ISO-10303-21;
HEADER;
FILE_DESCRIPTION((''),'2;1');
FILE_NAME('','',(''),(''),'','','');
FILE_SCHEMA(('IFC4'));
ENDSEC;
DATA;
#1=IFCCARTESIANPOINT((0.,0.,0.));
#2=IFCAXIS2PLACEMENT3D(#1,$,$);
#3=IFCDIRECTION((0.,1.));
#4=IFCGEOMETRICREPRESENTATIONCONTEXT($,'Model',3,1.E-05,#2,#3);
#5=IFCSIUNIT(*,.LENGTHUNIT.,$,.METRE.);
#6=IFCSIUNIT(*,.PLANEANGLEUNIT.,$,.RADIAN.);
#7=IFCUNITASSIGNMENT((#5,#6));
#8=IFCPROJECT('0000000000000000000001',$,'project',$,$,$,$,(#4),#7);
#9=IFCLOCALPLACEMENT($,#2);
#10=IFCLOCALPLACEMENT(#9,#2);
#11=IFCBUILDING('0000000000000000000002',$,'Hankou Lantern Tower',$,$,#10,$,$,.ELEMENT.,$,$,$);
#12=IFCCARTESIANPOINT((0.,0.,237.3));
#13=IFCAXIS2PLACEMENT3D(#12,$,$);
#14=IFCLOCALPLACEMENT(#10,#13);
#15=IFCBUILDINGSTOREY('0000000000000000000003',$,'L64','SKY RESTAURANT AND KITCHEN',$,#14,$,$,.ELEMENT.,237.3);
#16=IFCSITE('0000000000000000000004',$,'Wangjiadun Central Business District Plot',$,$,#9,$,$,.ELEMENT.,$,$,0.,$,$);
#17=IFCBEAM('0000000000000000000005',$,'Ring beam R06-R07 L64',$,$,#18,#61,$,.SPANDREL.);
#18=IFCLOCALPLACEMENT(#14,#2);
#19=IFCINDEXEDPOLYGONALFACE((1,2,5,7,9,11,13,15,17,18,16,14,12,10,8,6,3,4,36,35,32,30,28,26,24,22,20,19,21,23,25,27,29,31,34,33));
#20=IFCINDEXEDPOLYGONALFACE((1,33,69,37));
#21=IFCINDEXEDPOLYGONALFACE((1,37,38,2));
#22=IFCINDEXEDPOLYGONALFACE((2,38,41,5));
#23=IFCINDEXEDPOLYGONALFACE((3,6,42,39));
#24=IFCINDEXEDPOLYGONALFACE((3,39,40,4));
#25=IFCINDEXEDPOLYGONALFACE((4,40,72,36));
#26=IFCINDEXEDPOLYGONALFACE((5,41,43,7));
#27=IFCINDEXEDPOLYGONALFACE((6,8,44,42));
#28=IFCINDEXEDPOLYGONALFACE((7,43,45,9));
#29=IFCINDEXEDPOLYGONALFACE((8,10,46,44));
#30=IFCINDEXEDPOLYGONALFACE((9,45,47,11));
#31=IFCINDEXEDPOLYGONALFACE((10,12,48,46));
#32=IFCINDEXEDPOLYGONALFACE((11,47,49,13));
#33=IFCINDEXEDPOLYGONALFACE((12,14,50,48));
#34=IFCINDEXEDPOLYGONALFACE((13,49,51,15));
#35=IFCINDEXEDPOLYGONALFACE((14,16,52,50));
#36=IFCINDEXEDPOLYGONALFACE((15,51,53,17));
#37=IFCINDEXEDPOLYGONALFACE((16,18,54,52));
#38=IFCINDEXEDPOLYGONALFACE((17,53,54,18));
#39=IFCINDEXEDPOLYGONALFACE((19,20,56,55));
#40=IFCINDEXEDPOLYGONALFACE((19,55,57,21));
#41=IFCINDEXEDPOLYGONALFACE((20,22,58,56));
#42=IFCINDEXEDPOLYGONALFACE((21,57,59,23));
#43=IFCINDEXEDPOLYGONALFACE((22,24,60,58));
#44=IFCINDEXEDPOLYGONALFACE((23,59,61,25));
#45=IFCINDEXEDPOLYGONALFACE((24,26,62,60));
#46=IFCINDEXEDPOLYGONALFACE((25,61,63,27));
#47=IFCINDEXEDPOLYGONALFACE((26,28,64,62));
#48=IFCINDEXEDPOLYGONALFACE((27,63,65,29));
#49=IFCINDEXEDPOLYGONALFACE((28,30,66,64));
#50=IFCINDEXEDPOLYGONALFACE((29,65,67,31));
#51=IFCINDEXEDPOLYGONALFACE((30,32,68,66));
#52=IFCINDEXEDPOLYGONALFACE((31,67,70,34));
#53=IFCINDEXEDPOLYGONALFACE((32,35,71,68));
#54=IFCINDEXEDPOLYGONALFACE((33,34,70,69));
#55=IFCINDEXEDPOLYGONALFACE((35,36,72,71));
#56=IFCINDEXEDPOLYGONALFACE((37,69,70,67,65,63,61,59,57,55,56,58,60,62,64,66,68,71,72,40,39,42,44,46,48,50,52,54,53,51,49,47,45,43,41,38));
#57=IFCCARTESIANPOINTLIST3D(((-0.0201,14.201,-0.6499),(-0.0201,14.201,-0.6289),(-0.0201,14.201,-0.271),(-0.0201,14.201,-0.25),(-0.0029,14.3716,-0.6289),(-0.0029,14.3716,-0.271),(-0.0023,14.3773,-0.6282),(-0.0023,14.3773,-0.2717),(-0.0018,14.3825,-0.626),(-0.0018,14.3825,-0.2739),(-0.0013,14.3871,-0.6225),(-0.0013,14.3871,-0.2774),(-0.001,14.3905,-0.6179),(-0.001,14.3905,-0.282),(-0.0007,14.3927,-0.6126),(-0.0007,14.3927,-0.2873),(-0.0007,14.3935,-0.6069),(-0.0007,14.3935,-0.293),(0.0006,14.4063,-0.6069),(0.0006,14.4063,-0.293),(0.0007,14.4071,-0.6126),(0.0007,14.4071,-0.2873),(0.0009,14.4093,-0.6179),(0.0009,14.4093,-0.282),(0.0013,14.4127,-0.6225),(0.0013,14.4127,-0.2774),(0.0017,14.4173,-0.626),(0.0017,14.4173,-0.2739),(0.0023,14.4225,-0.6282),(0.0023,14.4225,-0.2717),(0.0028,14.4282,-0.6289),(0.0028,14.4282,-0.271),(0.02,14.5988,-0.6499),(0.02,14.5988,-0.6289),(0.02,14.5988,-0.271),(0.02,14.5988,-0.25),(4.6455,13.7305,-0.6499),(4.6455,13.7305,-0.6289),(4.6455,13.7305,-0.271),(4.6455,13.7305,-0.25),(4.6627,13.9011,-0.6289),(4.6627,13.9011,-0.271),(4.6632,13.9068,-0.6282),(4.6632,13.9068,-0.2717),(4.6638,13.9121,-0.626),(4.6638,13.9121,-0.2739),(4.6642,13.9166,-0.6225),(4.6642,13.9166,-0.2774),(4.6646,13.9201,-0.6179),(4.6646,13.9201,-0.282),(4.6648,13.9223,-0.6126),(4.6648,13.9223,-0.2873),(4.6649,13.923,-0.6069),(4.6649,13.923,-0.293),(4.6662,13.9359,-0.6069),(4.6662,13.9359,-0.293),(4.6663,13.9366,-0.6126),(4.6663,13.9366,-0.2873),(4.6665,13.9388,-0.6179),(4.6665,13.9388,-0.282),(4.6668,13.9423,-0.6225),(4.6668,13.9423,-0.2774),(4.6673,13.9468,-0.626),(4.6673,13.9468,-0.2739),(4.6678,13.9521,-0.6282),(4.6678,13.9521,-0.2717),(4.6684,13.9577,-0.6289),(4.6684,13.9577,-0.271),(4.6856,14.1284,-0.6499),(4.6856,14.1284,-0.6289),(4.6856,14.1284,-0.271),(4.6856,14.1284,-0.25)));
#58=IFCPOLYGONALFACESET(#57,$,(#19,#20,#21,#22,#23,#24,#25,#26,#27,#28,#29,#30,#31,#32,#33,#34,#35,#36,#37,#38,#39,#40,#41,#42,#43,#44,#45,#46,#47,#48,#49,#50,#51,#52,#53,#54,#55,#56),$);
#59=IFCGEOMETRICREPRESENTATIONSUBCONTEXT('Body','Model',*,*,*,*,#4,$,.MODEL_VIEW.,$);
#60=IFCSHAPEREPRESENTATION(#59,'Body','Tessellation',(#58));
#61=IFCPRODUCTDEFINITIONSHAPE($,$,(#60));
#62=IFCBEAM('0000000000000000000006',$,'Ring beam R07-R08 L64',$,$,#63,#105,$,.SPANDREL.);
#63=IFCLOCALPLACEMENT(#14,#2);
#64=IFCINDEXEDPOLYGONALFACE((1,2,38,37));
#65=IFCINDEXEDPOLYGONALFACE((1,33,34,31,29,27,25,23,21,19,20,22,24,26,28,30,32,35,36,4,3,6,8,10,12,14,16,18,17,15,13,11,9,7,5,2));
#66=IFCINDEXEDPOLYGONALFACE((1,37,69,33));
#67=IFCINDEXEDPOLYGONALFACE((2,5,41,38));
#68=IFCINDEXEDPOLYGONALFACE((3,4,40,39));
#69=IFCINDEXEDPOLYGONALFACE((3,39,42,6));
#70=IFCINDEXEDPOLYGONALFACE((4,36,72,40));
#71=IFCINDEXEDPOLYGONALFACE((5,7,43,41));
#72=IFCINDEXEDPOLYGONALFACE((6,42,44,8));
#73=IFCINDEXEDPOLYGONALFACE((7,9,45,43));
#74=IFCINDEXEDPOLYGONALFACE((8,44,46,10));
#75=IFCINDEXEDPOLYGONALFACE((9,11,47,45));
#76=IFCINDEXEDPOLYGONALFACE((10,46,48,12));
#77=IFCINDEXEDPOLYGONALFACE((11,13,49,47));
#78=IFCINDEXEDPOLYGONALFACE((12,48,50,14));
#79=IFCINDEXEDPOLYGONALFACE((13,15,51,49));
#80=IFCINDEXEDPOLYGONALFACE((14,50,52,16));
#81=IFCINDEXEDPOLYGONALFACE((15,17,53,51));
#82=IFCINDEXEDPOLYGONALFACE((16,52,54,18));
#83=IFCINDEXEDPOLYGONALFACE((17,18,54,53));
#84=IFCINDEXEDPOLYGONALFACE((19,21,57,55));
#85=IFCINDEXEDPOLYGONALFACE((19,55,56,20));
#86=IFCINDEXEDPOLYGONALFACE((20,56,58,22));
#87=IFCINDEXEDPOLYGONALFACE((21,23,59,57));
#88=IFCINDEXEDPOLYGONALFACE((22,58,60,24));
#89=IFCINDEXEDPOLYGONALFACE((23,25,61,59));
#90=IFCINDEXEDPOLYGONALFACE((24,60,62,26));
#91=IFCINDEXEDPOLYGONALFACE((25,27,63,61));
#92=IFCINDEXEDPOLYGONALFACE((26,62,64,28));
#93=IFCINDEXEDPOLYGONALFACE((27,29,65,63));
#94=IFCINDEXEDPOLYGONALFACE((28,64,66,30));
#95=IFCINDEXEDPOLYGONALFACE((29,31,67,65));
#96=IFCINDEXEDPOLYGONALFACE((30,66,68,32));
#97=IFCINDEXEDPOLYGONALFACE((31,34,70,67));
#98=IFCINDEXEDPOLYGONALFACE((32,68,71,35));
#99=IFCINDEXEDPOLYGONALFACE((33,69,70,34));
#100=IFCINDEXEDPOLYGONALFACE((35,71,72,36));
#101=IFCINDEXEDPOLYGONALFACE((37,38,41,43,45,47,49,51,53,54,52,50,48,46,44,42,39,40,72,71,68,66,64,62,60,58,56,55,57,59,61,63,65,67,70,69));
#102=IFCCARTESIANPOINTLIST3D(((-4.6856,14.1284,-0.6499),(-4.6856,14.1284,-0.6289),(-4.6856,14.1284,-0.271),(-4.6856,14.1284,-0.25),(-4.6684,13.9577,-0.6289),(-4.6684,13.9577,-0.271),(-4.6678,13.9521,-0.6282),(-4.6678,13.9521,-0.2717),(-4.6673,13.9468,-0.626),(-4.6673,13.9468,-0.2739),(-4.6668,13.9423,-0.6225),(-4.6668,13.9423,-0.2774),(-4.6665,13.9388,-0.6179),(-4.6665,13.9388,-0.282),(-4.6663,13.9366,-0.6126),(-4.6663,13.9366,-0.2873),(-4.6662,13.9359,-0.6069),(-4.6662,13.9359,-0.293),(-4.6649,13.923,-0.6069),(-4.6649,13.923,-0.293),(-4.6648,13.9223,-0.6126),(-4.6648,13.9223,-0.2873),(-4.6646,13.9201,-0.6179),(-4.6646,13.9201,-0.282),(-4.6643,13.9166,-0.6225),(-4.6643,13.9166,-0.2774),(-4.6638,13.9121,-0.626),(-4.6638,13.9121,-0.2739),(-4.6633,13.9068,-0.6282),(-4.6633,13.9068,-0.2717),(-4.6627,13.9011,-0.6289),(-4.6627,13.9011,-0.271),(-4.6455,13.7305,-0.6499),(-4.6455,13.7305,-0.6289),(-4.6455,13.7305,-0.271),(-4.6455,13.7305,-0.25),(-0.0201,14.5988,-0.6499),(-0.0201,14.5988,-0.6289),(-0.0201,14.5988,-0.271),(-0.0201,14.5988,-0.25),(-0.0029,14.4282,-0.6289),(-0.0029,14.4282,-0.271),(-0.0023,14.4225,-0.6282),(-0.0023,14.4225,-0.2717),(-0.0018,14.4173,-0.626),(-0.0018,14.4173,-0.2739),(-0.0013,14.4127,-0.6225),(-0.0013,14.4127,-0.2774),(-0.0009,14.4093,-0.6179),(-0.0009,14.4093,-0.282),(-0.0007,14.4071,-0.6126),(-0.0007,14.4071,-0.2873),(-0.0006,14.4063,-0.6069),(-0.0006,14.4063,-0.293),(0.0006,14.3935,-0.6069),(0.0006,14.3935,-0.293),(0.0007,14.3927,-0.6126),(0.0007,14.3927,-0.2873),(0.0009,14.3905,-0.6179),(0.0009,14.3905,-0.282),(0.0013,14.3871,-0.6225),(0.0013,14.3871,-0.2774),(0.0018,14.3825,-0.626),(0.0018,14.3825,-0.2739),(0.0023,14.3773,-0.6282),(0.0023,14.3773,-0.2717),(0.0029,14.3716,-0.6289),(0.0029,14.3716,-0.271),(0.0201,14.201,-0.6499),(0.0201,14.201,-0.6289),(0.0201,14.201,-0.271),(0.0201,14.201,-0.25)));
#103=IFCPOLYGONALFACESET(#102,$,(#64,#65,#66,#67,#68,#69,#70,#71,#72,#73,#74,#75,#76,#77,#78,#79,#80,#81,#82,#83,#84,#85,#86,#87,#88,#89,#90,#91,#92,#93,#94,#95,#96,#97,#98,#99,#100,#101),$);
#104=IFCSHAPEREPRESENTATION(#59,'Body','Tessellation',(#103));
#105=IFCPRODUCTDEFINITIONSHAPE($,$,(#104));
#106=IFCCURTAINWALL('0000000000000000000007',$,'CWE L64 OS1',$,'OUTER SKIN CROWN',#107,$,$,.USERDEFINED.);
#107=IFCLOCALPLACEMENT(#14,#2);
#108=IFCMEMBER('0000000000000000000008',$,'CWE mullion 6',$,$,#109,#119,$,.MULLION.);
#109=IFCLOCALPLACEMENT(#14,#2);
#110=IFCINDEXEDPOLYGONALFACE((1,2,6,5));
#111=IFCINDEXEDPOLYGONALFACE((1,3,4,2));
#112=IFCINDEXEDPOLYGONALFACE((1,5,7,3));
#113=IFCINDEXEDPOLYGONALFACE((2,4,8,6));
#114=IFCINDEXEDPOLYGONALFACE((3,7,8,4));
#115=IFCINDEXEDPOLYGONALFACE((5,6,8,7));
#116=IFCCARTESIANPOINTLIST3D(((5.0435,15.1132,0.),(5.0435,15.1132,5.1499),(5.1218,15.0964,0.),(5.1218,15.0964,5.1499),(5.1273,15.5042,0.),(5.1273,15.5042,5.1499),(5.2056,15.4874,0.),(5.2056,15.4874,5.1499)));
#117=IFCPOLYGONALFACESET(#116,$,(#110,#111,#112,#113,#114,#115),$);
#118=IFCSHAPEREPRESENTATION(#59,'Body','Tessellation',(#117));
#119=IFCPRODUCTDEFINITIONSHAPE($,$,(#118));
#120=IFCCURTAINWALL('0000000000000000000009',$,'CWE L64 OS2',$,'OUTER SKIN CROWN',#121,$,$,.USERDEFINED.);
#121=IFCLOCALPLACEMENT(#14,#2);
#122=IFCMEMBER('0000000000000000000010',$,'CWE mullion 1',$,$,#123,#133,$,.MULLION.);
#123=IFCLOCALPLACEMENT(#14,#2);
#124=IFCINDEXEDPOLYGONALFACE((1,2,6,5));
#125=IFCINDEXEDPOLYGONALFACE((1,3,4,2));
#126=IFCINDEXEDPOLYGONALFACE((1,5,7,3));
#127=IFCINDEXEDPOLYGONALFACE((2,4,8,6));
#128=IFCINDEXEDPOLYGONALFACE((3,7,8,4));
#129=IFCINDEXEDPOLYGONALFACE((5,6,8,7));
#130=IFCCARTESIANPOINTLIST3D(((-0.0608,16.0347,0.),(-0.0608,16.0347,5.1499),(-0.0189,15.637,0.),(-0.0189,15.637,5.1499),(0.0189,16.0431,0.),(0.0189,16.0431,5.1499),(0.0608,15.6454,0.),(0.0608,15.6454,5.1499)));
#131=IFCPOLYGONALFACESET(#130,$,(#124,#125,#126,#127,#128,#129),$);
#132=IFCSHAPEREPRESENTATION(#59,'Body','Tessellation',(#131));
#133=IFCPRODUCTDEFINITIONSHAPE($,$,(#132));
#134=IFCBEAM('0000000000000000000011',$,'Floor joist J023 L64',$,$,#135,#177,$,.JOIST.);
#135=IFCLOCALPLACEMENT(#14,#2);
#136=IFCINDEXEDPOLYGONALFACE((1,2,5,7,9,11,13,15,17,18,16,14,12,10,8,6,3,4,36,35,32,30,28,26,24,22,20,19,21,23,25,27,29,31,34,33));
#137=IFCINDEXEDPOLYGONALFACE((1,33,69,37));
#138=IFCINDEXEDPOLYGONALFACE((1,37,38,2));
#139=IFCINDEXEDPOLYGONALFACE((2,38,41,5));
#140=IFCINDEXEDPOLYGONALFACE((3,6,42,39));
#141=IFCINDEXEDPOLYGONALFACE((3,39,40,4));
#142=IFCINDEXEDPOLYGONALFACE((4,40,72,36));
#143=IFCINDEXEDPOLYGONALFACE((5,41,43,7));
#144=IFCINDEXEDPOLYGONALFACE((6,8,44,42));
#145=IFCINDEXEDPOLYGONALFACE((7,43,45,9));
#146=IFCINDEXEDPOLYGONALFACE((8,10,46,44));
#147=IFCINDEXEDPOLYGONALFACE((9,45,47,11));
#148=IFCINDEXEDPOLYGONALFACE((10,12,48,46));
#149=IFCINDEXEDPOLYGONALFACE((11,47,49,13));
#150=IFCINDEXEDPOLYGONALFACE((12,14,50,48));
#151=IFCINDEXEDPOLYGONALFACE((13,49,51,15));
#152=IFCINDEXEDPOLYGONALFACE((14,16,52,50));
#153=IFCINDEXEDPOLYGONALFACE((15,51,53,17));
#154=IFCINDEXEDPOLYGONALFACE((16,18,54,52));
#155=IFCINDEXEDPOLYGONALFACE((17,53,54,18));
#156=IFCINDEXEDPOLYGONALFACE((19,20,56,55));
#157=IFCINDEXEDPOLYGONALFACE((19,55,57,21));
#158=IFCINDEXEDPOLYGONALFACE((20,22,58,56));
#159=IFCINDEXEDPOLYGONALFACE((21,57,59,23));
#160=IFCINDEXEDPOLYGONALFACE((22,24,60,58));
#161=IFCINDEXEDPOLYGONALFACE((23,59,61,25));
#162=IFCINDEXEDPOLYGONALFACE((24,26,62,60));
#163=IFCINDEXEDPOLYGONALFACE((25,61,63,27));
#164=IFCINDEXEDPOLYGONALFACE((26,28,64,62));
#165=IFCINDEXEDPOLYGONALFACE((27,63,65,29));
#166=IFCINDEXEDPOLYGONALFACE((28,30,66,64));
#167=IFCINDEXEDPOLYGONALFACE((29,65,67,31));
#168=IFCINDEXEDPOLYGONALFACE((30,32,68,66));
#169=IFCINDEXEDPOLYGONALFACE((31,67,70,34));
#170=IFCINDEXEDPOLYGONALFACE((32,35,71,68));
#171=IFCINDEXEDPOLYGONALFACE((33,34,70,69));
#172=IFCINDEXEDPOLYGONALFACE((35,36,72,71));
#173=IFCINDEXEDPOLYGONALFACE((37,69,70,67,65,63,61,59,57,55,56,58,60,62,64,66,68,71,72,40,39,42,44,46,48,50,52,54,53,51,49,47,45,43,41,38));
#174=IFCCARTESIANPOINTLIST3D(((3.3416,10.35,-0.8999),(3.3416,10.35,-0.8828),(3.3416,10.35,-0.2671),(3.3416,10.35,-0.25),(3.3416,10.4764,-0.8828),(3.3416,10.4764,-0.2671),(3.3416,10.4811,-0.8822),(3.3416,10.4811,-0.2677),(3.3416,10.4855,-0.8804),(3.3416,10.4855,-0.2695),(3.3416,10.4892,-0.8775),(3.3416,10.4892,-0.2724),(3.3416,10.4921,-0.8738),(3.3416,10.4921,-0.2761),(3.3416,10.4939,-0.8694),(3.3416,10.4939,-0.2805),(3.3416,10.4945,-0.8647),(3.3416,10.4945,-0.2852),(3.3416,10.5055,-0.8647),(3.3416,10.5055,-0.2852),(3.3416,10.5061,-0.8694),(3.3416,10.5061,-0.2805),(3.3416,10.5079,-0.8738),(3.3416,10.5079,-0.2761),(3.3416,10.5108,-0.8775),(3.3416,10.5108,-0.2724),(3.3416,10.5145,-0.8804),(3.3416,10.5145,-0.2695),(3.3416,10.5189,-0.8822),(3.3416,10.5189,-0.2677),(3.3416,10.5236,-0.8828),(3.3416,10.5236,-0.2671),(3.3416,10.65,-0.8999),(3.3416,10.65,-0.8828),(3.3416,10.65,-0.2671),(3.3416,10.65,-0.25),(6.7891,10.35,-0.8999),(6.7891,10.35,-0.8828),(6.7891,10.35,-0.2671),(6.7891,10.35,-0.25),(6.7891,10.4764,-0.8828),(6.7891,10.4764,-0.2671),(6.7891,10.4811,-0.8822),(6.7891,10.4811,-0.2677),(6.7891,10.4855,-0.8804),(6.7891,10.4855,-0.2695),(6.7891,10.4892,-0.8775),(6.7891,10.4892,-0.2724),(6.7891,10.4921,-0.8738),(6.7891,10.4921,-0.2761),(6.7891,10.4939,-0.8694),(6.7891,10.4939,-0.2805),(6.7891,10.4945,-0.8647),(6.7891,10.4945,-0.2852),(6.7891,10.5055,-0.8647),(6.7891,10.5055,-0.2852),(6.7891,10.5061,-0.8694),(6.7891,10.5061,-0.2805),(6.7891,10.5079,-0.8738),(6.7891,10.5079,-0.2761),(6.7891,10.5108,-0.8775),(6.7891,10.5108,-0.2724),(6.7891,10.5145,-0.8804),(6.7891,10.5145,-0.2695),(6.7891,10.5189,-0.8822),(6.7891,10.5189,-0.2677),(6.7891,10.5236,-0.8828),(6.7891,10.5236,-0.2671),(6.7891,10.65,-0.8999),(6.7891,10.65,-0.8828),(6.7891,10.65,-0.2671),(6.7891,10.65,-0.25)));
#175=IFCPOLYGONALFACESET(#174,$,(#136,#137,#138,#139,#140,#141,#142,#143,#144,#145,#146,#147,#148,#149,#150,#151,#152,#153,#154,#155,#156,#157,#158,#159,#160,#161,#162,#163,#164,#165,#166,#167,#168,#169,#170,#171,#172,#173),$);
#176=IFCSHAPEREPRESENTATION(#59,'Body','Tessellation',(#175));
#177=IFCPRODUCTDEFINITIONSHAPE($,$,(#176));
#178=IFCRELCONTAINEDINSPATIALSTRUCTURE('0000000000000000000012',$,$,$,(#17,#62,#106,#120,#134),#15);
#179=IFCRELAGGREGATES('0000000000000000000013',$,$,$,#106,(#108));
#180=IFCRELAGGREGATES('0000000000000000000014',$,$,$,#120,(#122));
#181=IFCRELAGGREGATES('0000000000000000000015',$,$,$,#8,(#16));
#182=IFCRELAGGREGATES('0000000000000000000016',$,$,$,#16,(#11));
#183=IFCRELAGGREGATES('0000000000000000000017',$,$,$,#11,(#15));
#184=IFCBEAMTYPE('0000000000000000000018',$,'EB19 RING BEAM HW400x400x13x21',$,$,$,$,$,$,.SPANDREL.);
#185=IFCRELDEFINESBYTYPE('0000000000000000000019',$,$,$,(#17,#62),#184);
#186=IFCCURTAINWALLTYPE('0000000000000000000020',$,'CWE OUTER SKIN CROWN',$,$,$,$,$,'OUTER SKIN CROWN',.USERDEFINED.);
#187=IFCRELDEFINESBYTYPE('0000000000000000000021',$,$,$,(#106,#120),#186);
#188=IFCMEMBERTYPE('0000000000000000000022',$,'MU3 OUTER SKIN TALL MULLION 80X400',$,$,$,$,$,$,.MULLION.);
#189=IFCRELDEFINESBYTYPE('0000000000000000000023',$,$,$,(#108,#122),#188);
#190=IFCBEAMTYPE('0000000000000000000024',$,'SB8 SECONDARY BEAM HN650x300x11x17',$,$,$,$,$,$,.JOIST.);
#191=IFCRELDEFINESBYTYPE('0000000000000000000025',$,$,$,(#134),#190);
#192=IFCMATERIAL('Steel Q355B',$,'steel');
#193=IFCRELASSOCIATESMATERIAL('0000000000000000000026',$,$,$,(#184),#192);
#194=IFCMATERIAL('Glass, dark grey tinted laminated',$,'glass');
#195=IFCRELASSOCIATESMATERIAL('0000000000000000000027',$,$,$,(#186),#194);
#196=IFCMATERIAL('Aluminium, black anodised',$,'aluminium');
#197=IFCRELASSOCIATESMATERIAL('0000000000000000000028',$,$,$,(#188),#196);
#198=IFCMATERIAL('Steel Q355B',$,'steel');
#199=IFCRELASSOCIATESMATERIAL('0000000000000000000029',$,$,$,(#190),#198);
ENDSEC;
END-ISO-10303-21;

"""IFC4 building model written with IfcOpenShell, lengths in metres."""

from ifc_helpers import new_model, si_unit, direction, frame, origin, origin_2d, place, context, subcontext, project, spatial, rectangle, i_section, extrude, material, material_profile, profile_set, type_object, element, aggregate, save


model = new_model("IFC4")

# Units and contexts
model_context = context("Model", 3, precision=1e-05, world=origin(), true_north=direction((0.0, 1.0)))
body_context = subcontext(model_context, "Body", "Model", "MODEL_VIEW")
ifc_project = project(units=[si_unit("LENGTHUNIT", "METRE"), si_unit("PLANEANGLEUNIT", "RADIAN")], contexts=[model_context])

# Site, building, storey
site_placement = place(None, origin())
site = spatial("IfcSite", under=ifc_project, at=site_placement, Name="Wangjiadun Central Business District Plot", CompositionType="ELEMENT", RefElevation=0.0)
building_placement = place(site_placement, origin())
building = spatial("IfcBuilding", under=site, at=building_placement, Name="Hankou Lantern Tower", CompositionType="ELEMENT")
storey_placement = place(building_placement, frame((0.0, 0.0, 237.3)))
storey = spatial("IfcBuildingStorey", under=building, at=storey_placement, Name="L64", Description="SKY RESTAURANT AND KITCHEN", CompositionType="ELEMENT", Elevation=237.3)

# Beams
ifc_material_1 = material(Name="Steel Q355B", Category="steel")
ifc_material_profile_1 = material_profile(ifc_material_1, i_section(OverallWidth=0.3999, OverallDepth=0.3999, WebThickness=0.0129, FlangeThickness=0.021, FilletRadius=0.022, at=origin_2d()), Name="HW400x400x13x21")
ifc_profile_set_1 = profile_set([ifc_material_profile_1], Name="Steel Q355B")
beam_type_1 = type_object("IfcBeamType", Name="EB19 RING BEAM HW400x400x13x21", PredefinedType="SPANDREL", material=ifc_profile_set_1)
for number, where, z_axis, x_axis, name in (
    (1, (4.6655, 13.9294, -0.45), (-0.994954, 0.100328, 0.0), (-0.100328, -0.994954, 0.0), "Ring beam R06-R07 L64"),
    (2, (0.0, 14.3999, -0.45), (-0.994954, -0.100328, 0.0), (0.100328, -0.994954, 0.0), "Ring beam R07-R08 L64"),
):
    element("IfcBeam", number, at=place(storey_placement, frame(where, z_axis=z_axis, x_axis=x_axis)), inside=storey, type_object=beam_type_1, Name=name, PredefinedType="SPANDREL", context=body_context, shape_type="SweptSolid", body=[
        extrude(i_section(OverallWidth=0.3999, OverallDepth=0.3999, WebThickness=0.0129, FlangeThickness=0.021, FilletRadius=0.022, at=origin_2d()), origin(), (0.0, 0.0, 1.0), 4.6892),
    ])

# Curtain walls, members
ifc_material_2 = material(Name="Glass, dark grey tinted laminated", Category="glass")
curtain_wall_type = type_object("IfcCurtainWallType", Name="CWE OUTER SKIN CROWN", ElementType="OUTER SKIN CROWN", PredefinedType="USERDEFINED", material=ifc_material_2)
curtain_wall_1_placement = place(storey_placement, origin())
curtain_wall_1 = element("IfcCurtainWall", 3, at=curtain_wall_1_placement, inside=storey, type_object=curtain_wall_type, Name="CWE L64 OS1", ObjectType="OUTER SKIN CROWN", PredefinedType="USERDEFINED")
ifc_material_3 = material(Name="Aluminium, black anodised", Category="aluminium")
ifc_material_profile_2 = material_profile(ifc_material_3, rectangle(XDim=0.0801, YDim=0.3999, at=origin_2d()), Name="MU3 80X400")
ifc_profile_set_2 = profile_set([ifc_material_profile_2], Name="Aluminium, black anodised")
member_type_1 = type_object("IfcMemberType", Name="MU3 OUTER SKIN TALL MULLION 80X400", PredefinedType="MULLION", material=ifc_profile_set_2)
member_1_placement = place(storey_placement, frame((5.1245, 15.3003, 0.0), z_axis=(0.0, 0.0, 1.0), x_axis=(-0.977788, 0.209598, 0.0)))
member_1 = element("IfcMember", 4, at=member_1_placement, type_object=member_type_1, Name="CWE mullion 6", PredefinedType="MULLION", context=body_context, shape_type="SweptSolid", body=[
    extrude(rectangle(XDim=0.0801, YDim=0.3999, at=origin_2d()), origin(), (0.0, 0.0, 1.0), 5.1499),
])
curtain_wall_2_placement = place(storey_placement, origin())
curtain_wall_2 = element("IfcCurtainWall", 5, at=curtain_wall_2_placement, inside=storey, type_object=curtain_wall_type, Name="CWE L64 OS2", ObjectType="OUTER SKIN CROWN", PredefinedType="USERDEFINED")
member_2_placement = place(storey_placement, frame((0.0, 15.8401, 0.0), z_axis=(0.0, 0.0, 1.0), x_axis=(-0.994499, -0.104743, 0.0)))
member_2 = element("IfcMember", 6, at=member_2_placement, type_object=member_type_1, Name="CWE mullion 1", PredefinedType="MULLION", context=body_context, shape_type="SweptSolid", body=[
    extrude(rectangle(XDim=0.0801, YDim=0.3999, at=origin_2d()), origin(), (0.0, 0.0, 1.0), 5.1499),
])

# Beam
ifc_material_4 = material(Name="Steel Q355B", Category="steel")
ifc_material_profile_3 = material_profile(ifc_material_4, i_section(OverallWidth=0.3, OverallDepth=0.6499, WebThickness=0.011, FlangeThickness=0.0171, FilletRadius=0.0181, at=origin_2d()), Name="HN650x300x11x17")
ifc_profile_set_3 = profile_set([ifc_material_profile_3], Name="Steel Q355B")
beam_type_2 = type_object("IfcBeamType", Name="SB8 SECONDARY BEAM HN650x300x11x17", PredefinedType="JOIST", material=ifc_profile_set_3)
beam_1_placement = place(storey_placement, frame((3.3416, 10.5, -0.575), z_axis=(1.0, 0.0, 0.0), x_axis=(0.0, 1.0, 0.0)))
element("IfcBeam", 7, at=beam_1_placement, inside=storey, type_object=beam_type_2, Name="Floor joist J023 L64", PredefinedType="JOIST", context=body_context, shape_type="SweptSolid", body=[
    extrude(i_section(OverallWidth=0.3, OverallDepth=0.6499, WebThickness=0.011, FlangeThickness=0.0171, FilletRadius=0.0181, at=origin_2d()), origin(), (0.0, 0.0, 1.0), 3.4475),
])

aggregate(curtain_wall_1, [member_1])
aggregate(curtain_wall_2, [member_2])

save(model, "model.ifc")
